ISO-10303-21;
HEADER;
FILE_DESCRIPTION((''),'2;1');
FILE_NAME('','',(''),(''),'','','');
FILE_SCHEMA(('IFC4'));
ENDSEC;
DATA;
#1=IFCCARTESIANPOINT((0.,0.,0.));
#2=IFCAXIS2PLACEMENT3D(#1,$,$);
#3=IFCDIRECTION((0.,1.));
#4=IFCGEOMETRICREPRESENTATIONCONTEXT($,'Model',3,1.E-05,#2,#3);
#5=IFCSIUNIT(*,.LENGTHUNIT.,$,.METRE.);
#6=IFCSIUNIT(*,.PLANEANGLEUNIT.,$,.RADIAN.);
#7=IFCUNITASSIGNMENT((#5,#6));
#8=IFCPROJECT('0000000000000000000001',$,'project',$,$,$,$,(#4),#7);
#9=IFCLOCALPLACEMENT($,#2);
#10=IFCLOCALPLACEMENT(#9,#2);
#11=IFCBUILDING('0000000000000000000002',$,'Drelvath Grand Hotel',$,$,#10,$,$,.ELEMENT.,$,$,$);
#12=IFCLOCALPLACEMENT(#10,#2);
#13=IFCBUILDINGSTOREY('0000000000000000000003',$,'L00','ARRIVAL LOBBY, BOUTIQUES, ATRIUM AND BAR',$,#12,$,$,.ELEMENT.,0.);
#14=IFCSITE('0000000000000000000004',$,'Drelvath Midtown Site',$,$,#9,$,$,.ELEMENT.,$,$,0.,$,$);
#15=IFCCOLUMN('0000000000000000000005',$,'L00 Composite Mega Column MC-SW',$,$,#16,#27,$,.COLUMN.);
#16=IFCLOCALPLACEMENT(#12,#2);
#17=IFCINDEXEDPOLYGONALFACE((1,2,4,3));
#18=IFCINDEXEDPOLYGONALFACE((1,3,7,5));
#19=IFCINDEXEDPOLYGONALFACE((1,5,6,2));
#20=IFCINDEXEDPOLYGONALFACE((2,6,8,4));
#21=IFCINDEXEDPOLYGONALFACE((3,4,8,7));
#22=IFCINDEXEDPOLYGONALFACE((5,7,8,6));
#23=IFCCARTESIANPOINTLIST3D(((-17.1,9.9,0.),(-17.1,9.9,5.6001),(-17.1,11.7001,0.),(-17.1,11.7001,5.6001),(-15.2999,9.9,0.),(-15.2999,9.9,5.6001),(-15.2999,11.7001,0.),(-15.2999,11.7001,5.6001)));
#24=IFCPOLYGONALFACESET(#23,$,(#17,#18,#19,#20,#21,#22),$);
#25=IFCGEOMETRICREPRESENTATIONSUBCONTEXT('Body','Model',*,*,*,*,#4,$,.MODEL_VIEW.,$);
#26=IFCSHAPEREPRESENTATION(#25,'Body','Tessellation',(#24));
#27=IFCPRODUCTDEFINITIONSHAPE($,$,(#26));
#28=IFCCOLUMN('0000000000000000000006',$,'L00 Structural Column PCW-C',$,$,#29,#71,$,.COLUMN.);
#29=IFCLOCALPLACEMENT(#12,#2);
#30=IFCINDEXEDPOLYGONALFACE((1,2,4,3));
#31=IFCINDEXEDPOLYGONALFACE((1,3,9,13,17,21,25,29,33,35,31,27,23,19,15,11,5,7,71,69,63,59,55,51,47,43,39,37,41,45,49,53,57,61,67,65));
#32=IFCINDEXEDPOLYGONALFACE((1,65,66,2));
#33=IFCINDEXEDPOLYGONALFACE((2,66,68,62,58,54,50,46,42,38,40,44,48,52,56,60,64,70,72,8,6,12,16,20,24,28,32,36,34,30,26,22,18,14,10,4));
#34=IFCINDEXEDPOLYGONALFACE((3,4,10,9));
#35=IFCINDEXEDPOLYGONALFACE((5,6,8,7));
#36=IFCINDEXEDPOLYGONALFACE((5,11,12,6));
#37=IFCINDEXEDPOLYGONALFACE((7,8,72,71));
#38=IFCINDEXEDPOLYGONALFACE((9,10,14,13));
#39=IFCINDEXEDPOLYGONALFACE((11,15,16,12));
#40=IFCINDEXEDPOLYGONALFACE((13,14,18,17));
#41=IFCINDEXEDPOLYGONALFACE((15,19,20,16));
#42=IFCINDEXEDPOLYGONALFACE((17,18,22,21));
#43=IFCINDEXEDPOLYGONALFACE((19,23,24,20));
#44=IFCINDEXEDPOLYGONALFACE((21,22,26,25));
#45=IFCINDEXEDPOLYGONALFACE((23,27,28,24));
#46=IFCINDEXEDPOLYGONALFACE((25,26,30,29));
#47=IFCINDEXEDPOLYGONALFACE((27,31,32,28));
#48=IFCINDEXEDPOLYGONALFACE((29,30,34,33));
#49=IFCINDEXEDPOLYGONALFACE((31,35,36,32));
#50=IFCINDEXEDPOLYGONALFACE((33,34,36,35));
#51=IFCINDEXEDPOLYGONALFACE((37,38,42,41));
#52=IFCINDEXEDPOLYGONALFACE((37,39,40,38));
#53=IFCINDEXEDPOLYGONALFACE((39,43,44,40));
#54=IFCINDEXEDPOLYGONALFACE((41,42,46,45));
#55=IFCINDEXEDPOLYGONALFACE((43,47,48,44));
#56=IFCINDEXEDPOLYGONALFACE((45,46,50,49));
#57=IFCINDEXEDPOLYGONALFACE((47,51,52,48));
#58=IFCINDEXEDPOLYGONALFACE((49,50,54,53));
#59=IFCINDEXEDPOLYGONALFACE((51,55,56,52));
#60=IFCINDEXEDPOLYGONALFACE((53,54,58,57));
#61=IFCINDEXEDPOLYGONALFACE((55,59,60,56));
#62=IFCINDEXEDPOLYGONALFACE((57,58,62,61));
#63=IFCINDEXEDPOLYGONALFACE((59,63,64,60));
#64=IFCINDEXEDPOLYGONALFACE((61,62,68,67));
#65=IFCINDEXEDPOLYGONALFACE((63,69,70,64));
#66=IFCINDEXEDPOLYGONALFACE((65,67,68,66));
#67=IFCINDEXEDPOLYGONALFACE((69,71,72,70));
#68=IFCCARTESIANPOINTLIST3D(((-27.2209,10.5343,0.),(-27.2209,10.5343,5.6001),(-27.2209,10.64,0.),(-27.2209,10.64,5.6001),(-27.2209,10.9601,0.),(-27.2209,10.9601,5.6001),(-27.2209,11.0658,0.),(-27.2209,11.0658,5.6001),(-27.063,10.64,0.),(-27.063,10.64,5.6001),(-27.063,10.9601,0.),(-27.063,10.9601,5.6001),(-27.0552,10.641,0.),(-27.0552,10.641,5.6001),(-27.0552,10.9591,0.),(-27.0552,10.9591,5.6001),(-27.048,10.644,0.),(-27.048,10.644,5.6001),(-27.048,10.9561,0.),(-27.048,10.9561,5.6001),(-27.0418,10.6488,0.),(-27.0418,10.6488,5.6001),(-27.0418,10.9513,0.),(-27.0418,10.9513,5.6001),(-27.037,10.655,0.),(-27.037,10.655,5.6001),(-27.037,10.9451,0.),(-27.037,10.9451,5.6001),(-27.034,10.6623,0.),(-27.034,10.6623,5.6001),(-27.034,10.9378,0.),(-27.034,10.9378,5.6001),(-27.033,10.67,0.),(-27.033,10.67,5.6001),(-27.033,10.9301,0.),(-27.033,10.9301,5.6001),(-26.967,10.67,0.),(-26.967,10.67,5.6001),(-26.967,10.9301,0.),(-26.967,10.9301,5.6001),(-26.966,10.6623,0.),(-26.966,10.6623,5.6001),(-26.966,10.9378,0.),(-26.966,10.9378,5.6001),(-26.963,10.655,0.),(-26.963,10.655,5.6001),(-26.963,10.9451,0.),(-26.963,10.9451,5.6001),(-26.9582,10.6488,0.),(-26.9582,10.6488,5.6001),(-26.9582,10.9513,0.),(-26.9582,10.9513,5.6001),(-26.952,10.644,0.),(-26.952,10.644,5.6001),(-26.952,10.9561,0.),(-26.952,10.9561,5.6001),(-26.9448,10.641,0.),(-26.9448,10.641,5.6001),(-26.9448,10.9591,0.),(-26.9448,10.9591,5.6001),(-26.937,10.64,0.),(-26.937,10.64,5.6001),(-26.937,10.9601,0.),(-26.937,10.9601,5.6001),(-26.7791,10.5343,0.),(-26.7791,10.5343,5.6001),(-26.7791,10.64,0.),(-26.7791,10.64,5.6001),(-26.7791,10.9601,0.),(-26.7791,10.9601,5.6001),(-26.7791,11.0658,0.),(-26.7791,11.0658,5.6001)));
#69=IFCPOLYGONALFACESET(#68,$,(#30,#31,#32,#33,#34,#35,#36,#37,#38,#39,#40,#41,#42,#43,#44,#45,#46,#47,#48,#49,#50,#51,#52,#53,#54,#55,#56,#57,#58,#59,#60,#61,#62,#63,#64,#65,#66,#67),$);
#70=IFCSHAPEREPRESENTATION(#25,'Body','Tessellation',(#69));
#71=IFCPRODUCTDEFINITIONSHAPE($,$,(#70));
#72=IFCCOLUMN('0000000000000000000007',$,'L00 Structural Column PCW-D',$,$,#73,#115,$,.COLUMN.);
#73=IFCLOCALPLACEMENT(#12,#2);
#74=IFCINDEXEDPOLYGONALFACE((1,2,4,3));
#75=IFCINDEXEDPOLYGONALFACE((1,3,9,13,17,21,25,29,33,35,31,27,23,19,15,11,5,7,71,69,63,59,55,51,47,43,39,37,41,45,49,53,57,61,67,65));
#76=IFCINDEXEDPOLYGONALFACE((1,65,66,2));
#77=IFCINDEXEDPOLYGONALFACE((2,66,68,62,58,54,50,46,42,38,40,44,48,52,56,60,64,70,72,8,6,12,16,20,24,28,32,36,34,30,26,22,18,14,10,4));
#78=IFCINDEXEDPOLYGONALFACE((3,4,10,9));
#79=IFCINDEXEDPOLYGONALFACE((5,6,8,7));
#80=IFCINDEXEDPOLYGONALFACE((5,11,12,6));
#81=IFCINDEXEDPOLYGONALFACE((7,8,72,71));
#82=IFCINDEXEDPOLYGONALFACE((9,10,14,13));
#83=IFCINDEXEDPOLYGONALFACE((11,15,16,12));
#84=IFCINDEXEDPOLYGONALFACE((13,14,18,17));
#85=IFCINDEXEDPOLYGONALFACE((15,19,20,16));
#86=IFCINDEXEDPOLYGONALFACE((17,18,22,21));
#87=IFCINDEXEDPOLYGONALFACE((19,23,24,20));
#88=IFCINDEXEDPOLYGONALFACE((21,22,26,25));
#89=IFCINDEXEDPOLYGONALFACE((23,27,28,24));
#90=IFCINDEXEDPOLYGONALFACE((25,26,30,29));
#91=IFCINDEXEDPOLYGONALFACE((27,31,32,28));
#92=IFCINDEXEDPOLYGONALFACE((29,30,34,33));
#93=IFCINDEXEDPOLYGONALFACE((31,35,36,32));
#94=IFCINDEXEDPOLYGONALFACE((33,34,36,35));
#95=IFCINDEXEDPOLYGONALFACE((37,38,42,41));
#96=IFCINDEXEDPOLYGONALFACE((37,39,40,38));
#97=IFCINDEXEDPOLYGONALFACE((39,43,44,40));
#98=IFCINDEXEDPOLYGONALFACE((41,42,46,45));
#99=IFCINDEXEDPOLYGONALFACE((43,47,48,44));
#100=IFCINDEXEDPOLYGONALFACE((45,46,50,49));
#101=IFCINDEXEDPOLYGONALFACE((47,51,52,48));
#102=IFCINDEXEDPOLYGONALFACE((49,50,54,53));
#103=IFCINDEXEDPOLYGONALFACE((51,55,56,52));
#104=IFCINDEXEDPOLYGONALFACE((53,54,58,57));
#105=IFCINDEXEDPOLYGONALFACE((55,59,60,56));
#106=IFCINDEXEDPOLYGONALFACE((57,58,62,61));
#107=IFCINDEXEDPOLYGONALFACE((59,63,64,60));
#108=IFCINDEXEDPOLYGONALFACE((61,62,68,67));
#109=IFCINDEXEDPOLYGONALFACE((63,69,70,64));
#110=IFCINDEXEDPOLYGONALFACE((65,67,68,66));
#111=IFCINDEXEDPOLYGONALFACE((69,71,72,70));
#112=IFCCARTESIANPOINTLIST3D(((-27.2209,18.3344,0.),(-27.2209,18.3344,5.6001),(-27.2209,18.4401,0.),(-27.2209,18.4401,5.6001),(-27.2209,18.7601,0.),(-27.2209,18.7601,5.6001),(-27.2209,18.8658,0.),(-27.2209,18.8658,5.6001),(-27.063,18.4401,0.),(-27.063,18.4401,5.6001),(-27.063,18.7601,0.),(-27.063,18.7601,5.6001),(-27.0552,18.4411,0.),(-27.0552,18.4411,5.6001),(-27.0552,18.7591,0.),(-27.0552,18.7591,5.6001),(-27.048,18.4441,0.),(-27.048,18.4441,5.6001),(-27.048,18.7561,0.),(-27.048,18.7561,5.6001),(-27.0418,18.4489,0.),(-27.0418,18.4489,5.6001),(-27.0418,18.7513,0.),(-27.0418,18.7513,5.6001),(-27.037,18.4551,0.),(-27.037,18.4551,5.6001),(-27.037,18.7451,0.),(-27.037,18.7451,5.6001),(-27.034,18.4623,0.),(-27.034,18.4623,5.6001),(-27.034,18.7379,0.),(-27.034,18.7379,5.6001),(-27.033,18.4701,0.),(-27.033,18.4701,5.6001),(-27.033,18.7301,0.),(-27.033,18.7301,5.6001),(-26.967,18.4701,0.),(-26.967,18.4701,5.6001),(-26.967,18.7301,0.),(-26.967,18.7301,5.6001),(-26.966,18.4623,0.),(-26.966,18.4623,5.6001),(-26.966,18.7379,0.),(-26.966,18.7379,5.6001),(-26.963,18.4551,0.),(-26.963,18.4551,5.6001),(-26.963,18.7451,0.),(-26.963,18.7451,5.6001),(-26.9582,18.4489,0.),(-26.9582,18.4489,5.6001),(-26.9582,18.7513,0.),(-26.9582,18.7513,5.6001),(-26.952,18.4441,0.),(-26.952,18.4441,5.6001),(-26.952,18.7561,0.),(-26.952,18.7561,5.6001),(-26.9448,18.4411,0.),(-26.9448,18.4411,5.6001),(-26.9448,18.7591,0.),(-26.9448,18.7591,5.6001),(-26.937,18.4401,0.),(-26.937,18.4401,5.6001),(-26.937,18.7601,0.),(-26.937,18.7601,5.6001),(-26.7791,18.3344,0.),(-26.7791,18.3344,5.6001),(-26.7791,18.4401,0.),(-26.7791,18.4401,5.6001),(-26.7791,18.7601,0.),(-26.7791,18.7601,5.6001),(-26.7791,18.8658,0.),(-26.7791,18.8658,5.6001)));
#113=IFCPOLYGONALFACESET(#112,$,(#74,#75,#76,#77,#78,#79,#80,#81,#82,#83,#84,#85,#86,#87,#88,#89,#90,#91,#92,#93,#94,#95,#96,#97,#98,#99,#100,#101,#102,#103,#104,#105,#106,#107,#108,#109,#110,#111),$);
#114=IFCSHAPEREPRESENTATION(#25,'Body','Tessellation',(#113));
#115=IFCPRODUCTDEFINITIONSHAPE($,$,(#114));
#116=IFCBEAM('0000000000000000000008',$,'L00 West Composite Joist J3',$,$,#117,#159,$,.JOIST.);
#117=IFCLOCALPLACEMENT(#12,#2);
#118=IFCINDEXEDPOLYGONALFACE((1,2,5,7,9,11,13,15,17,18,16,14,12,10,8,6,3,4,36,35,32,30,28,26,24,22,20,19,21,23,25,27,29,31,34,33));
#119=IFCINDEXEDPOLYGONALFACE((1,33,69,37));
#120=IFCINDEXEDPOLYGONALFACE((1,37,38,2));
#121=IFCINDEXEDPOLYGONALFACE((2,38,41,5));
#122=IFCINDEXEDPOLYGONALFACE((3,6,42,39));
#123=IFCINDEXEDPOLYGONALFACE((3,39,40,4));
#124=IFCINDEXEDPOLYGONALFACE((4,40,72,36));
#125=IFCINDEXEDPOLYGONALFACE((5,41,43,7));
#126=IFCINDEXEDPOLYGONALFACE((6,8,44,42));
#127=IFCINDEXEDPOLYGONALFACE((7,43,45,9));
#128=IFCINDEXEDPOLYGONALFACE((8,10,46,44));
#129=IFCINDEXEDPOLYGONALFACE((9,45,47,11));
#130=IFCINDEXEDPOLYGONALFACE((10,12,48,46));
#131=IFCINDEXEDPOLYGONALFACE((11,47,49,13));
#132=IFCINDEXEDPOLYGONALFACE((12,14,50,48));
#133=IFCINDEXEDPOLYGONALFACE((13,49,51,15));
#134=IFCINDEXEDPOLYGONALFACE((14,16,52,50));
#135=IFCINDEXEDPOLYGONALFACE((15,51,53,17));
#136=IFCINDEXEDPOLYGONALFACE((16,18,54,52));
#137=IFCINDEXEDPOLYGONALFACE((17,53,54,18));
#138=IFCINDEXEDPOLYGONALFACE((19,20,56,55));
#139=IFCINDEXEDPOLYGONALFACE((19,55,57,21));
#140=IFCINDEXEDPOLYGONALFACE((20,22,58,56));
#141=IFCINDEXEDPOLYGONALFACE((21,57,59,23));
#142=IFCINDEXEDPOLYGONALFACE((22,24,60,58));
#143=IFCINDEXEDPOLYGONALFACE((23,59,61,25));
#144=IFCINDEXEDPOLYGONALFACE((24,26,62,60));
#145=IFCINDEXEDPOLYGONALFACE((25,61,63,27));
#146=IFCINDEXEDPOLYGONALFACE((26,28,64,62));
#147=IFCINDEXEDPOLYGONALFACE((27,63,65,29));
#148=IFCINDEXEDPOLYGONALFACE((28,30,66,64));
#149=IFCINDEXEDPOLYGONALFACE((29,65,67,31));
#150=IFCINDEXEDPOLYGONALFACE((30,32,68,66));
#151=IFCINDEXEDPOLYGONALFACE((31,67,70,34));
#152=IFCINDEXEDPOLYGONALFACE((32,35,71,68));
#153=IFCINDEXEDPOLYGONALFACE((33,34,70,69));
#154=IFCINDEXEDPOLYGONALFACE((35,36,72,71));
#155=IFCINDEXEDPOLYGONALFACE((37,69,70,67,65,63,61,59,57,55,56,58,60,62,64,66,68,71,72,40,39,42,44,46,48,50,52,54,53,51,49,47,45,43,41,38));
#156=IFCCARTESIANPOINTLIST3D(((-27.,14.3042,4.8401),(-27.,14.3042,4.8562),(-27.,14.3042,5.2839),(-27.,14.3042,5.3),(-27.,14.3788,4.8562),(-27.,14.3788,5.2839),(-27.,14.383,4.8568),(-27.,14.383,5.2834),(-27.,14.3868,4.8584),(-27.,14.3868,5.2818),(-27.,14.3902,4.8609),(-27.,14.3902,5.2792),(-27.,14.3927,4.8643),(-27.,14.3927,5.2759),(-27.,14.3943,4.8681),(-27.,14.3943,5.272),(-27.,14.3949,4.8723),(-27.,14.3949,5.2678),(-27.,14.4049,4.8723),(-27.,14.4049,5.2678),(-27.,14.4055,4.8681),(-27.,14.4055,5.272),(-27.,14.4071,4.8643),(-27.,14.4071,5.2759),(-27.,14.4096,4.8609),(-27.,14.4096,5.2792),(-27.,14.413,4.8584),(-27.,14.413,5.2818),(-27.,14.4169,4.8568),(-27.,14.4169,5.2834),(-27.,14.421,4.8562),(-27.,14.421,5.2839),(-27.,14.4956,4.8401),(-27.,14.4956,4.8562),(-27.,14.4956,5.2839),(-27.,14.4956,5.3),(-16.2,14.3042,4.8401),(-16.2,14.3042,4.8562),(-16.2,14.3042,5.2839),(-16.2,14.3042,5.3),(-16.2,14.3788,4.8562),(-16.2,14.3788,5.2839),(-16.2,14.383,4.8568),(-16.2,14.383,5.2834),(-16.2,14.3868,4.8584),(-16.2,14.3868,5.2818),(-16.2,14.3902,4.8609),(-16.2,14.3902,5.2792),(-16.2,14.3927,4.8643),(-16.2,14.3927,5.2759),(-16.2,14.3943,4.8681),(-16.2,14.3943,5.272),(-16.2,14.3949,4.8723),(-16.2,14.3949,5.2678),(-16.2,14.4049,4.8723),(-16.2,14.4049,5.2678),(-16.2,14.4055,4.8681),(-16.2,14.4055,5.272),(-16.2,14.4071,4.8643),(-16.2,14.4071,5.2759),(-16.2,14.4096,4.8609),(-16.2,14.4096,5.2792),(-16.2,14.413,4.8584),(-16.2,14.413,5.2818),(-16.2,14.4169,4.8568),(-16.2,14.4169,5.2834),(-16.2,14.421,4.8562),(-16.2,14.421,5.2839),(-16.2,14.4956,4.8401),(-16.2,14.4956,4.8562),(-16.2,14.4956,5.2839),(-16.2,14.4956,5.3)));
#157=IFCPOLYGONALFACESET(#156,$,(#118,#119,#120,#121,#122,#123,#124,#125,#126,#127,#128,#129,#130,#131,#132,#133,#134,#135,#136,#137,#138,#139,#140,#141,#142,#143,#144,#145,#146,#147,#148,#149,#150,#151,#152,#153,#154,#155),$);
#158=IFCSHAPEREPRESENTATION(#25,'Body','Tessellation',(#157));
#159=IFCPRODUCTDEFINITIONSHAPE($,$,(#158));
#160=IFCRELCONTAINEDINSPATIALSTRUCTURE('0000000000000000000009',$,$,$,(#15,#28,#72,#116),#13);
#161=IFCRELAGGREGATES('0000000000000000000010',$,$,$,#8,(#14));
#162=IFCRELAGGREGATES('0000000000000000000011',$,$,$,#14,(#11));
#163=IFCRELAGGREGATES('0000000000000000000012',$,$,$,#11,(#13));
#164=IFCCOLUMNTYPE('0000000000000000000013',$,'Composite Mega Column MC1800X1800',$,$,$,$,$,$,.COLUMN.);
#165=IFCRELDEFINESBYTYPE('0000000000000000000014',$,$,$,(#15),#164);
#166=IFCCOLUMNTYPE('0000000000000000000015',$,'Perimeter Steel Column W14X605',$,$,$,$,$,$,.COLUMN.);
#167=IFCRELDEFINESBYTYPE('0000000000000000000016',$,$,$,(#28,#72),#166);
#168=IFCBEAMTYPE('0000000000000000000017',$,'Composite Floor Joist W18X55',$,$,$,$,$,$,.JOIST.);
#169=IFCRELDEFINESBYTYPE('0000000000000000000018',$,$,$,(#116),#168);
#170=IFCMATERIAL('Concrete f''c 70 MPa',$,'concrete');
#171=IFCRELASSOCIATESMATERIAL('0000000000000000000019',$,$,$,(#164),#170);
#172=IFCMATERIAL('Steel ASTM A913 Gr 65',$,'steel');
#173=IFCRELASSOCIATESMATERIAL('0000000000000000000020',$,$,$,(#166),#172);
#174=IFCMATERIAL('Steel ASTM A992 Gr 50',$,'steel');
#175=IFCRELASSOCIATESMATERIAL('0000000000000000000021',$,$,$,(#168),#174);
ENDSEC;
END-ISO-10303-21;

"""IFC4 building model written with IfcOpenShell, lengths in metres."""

from ifc_helpers import new_model, si_unit, direction, frame, origin, origin_2d, place, context, subcontext, project, spatial, rectangle, i_section, extrude, material, material_profile, profile_set, type_object, element, save


model = new_model("IFC4")

# Units and contexts
model_context = context("Model", 3, precision=1e-05, world=origin(), true_north=direction((0.0, 1.0)))
body_context = subcontext(model_context, "Body", "Model", "MODEL_VIEW")
ifc_project = project(units=[si_unit("LENGTHUNIT", "METRE"), si_unit("PLANEANGLEUNIT", "RADIAN")], contexts=[model_context])

# Site, building, storey
site_placement = place(None, origin())
site = spatial("IfcSite", under=ifc_project, at=site_placement, Name="Drelvath Midtown Site", CompositionType="ELEMENT", RefElevation=0.0)
building_placement = place(site_placement, origin())
building = spatial("IfcBuilding", under=site, at=building_placement, Name="Drelvath Grand Hotel", CompositionType="ELEMENT")
storey_placement = place(building_placement, origin())
storey = spatial("IfcBuildingStorey", under=building, at=storey_placement, Name="L00", Description="ARRIVAL LOBBY, BOUTIQUES, ATRIUM AND BAR", CompositionType="ELEMENT", Elevation=0.0)

# Columns
ifc_material_1 = material(Name="Concrete f'c 70 MPa", Category="concrete")
ifc_material_profile_1 = material_profile(ifc_material_1, rectangle(XDim=1.8, YDim=1.8, at=origin_2d()), Name="MC1800X1800")
ifc_profile_set_1 = profile_set([ifc_material_profile_1], Name="Concrete f'c 70 MPa")
column_type_1 = type_object("IfcColumnType", Name="Composite Mega Column MC1800X1800", PredefinedType="COLUMN", material=ifc_profile_set_1)
column_placement = place(storey_placement, frame((-16.2, 10.8, 0.0), z_axis=(0.0, 0.0, 1.0), x_axis=(1.0, 0.0, 0.0)))
element("IfcColumn", 1, at=column_placement, inside=storey, type_object=column_type_1, Name="L00 Composite Mega Column MC-SW", PredefinedType="COLUMN", context=body_context, shape_type="SweptSolid", body=[
    extrude(rectangle(XDim=1.8, YDim=1.8, at=origin_2d()), origin(), (0.0, 0.0, 1.0), 5.6001),
])
ifc_material_2 = material(Name="Steel ASTM A913 Gr 65", Category="steel")
ifc_material_profile_2 = material_profile(ifc_material_2, i_section(OverallWidth=0.4419, OverallDepth=0.5315, WebThickness=0.0659, FlangeThickness=0.1057, FilletRadius=0.03, at=origin_2d()), Name="W14X605")
ifc_profile_set_2 = profile_set([ifc_material_profile_2], Name="Steel ASTM A913 Gr 65")
column_type_2 = type_object("IfcColumnType", Name="Perimeter Steel Column W14X605", PredefinedType="COLUMN", material=ifc_profile_set_2)
for number, where, z_axis, x_axis, name in (
    (2, (-27.0, 10.8, 0.0), (0.0, 0.0, 1.0), (1.0, 0.0, 0.0), "L00 Structural Column PCW-C"),
    (3, (-27.0, 18.6001, 0.0), (0.0, 0.0, 1.0), (1.0, 0.0, 0.0), "L00 Structural Column PCW-D"),
):
    element("IfcColumn", number, at=place(storey_placement, frame(where, z_axis=z_axis, x_axis=x_axis)), inside=storey, type_object=column_type_2, Name=name, PredefinedType="COLUMN", context=body_context, shape_type="SweptSolid", body=[
        extrude(i_section(OverallWidth=0.4419, OverallDepth=0.5315, WebThickness=0.0659, FlangeThickness=0.1057, FilletRadius=0.03, at=origin_2d()), origin(), (0.0, 0.0, 1.0), 5.6001),
    ])

# Beam
ifc_material_3 = material(Name="Steel ASTM A992 Gr 50", Category="steel")
ifc_material_profile_3 = material_profile(ifc_material_3, i_section(OverallWidth=0.1914, OverallDepth=0.46, WebThickness=0.01, FlangeThickness=0.0161, FilletRadius=0.0161, at=origin_2d()), Name="W18X55")
ifc_profile_set_3 = profile_set([ifc_material_profile_3], Name="Steel ASTM A992 Gr 50")
beam_type_1 = type_object("IfcBeamType", Name="Composite Floor Joist W18X55", PredefinedType="JOIST", material=ifc_profile_set_3)
beam_1_placement = place(storey_placement, frame((-27.0, 14.3999, 5.0701), z_axis=(1.0, 0.0, 0.0), x_axis=(0.0, 1.0, 0.0)))
element("IfcBeam", 4, at=beam_1_placement, inside=storey, type_object=beam_type_1, Name="L00 West Composite Joist J3", PredefinedType="JOIST", context=body_context, shape_type="SweptSolid", body=[
    extrude(i_section(OverallWidth=0.1914, OverallDepth=0.46, WebThickness=0.01, FlangeThickness=0.0161, FilletRadius=0.0161, at=origin_2d()), origin(), (0.0, 0.0, 1.0), 10.8),
])

save(model, "model.ifc")
